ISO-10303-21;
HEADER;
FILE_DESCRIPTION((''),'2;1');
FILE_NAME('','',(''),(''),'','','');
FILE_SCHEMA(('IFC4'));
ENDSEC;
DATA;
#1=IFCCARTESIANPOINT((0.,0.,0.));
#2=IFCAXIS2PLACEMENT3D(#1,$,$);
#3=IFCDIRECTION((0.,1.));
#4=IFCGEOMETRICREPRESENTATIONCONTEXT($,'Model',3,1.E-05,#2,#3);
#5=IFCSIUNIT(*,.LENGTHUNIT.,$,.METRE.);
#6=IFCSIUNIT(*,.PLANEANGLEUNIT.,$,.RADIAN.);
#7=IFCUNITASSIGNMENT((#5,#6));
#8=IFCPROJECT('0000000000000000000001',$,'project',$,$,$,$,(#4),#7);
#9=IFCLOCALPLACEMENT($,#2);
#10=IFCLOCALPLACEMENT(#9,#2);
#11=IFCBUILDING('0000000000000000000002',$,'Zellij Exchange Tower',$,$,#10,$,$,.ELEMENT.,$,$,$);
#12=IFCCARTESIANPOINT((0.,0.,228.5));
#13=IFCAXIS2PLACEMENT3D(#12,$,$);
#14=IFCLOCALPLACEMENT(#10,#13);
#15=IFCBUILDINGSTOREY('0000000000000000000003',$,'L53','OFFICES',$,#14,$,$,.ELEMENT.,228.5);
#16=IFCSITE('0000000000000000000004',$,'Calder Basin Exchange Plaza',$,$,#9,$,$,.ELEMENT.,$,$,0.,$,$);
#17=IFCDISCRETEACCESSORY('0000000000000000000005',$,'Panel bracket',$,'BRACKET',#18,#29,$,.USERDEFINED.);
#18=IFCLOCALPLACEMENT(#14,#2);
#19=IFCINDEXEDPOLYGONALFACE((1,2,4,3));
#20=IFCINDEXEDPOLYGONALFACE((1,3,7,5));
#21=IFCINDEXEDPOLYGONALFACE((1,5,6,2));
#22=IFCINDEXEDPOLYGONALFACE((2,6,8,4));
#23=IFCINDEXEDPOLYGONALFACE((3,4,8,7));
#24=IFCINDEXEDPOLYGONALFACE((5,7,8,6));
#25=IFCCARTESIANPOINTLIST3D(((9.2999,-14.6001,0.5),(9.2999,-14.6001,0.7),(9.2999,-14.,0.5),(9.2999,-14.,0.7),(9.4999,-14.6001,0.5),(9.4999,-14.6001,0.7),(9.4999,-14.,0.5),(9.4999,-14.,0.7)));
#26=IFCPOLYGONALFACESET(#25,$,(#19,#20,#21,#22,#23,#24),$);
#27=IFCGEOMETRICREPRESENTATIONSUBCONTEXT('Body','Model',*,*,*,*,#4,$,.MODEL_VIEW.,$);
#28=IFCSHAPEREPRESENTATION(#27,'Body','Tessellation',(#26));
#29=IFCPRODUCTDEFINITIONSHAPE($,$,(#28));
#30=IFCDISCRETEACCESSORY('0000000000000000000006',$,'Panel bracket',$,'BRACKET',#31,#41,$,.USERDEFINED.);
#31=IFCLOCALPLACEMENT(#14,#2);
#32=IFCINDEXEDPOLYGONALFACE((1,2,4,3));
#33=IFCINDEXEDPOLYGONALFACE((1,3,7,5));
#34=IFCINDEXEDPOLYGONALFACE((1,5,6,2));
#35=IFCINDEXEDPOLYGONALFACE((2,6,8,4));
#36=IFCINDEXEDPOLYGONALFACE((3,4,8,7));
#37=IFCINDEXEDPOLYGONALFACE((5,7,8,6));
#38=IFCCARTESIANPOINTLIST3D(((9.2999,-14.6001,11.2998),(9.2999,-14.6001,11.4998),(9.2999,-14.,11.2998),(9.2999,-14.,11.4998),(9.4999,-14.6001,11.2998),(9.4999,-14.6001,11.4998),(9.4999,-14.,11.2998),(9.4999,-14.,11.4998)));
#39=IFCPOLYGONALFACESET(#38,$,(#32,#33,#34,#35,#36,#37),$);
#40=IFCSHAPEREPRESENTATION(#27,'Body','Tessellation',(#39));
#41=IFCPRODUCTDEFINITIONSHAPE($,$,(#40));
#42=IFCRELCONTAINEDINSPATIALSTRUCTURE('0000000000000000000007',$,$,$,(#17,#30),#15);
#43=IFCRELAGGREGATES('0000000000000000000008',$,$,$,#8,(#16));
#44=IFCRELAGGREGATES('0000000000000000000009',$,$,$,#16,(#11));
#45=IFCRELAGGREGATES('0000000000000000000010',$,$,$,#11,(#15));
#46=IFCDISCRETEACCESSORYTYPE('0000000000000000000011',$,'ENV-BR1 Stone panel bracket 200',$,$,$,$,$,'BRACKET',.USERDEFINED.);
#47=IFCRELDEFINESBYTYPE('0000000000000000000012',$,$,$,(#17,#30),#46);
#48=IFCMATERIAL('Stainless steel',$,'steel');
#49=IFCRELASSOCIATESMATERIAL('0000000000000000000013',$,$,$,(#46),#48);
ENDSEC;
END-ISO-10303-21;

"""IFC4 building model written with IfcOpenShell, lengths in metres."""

from ifc_helpers import new_model, si_unit, direction, frame, origin, origin_2d, place, context, subcontext, project, spatial, rectangle, extrude, material, type_object, element, save


model = new_model("IFC4")

# Units and contexts
model_context = context("Model", 3, precision=1e-05, world=origin(), true_north=direction((0.0, 1.0)))
body_context = subcontext(model_context, "Body", "Model", "MODEL_VIEW")
ifc_project = project(units=[si_unit("LENGTHUNIT", "METRE"), si_unit("PLANEANGLEUNIT", "RADIAN")], contexts=[model_context])

# Site, building, storey
site_placement = place(None, origin())
site = spatial("IfcSite", under=ifc_project, at=site_placement, Name="Calder Basin Exchange Plaza", CompositionType="ELEMENT", RefElevation=0.0)
building_placement = place(site_placement, origin())
building = spatial("IfcBuilding", under=site, at=building_placement, Name="Zellij Exchange Tower", CompositionType="ELEMENT")
storey_placement = place(building_placement, frame((0.0, 0.0, 228.5)))
storey = spatial("IfcBuildingStorey", under=building, at=storey_placement, Name="L53", Description="OFFICES", CompositionType="ELEMENT", Elevation=228.5)

# Shared definitions
ifc_material_1 = material(Name="Stainless steel", Category="steel")

# Discrete accessories
discrete_accessory_type = type_object("IfcDiscreteAccessoryType", Name="ENV-BR1 Stone panel bracket 200", ElementType="BRACKET", PredefinedType="USERDEFINED", material=ifc_material_1)
for number, where, z_axis, x_axis, name in (
    (1, (9.3999, -14.3, 0.5), (0.0, 0.0, 1.0), (1.0, 0.0, 0.0), "Panel bracket"),
    (2, (9.3999, -14.3, 11.2998), (0.0, 0.0, 1.0), (1.0, 0.0, 0.0), "Panel bracket"),
):
    element("IfcDiscreteAccessory", number, at=place(storey_placement, frame(where, z_axis=z_axis, x_axis=x_axis)), inside=storey, type_object=discrete_accessory_type, Name=name, ObjectType="BRACKET", PredefinedType="USERDEFINED", context=body_context, shape_type="SweptSolid", body=[
        extrude(rectangle(XDim=0.2, YDim=0.6001, at=origin_2d()), origin(), (0.0, 0.0, 1.0), 0.2),
    ])

save(model, "model.ifc")
